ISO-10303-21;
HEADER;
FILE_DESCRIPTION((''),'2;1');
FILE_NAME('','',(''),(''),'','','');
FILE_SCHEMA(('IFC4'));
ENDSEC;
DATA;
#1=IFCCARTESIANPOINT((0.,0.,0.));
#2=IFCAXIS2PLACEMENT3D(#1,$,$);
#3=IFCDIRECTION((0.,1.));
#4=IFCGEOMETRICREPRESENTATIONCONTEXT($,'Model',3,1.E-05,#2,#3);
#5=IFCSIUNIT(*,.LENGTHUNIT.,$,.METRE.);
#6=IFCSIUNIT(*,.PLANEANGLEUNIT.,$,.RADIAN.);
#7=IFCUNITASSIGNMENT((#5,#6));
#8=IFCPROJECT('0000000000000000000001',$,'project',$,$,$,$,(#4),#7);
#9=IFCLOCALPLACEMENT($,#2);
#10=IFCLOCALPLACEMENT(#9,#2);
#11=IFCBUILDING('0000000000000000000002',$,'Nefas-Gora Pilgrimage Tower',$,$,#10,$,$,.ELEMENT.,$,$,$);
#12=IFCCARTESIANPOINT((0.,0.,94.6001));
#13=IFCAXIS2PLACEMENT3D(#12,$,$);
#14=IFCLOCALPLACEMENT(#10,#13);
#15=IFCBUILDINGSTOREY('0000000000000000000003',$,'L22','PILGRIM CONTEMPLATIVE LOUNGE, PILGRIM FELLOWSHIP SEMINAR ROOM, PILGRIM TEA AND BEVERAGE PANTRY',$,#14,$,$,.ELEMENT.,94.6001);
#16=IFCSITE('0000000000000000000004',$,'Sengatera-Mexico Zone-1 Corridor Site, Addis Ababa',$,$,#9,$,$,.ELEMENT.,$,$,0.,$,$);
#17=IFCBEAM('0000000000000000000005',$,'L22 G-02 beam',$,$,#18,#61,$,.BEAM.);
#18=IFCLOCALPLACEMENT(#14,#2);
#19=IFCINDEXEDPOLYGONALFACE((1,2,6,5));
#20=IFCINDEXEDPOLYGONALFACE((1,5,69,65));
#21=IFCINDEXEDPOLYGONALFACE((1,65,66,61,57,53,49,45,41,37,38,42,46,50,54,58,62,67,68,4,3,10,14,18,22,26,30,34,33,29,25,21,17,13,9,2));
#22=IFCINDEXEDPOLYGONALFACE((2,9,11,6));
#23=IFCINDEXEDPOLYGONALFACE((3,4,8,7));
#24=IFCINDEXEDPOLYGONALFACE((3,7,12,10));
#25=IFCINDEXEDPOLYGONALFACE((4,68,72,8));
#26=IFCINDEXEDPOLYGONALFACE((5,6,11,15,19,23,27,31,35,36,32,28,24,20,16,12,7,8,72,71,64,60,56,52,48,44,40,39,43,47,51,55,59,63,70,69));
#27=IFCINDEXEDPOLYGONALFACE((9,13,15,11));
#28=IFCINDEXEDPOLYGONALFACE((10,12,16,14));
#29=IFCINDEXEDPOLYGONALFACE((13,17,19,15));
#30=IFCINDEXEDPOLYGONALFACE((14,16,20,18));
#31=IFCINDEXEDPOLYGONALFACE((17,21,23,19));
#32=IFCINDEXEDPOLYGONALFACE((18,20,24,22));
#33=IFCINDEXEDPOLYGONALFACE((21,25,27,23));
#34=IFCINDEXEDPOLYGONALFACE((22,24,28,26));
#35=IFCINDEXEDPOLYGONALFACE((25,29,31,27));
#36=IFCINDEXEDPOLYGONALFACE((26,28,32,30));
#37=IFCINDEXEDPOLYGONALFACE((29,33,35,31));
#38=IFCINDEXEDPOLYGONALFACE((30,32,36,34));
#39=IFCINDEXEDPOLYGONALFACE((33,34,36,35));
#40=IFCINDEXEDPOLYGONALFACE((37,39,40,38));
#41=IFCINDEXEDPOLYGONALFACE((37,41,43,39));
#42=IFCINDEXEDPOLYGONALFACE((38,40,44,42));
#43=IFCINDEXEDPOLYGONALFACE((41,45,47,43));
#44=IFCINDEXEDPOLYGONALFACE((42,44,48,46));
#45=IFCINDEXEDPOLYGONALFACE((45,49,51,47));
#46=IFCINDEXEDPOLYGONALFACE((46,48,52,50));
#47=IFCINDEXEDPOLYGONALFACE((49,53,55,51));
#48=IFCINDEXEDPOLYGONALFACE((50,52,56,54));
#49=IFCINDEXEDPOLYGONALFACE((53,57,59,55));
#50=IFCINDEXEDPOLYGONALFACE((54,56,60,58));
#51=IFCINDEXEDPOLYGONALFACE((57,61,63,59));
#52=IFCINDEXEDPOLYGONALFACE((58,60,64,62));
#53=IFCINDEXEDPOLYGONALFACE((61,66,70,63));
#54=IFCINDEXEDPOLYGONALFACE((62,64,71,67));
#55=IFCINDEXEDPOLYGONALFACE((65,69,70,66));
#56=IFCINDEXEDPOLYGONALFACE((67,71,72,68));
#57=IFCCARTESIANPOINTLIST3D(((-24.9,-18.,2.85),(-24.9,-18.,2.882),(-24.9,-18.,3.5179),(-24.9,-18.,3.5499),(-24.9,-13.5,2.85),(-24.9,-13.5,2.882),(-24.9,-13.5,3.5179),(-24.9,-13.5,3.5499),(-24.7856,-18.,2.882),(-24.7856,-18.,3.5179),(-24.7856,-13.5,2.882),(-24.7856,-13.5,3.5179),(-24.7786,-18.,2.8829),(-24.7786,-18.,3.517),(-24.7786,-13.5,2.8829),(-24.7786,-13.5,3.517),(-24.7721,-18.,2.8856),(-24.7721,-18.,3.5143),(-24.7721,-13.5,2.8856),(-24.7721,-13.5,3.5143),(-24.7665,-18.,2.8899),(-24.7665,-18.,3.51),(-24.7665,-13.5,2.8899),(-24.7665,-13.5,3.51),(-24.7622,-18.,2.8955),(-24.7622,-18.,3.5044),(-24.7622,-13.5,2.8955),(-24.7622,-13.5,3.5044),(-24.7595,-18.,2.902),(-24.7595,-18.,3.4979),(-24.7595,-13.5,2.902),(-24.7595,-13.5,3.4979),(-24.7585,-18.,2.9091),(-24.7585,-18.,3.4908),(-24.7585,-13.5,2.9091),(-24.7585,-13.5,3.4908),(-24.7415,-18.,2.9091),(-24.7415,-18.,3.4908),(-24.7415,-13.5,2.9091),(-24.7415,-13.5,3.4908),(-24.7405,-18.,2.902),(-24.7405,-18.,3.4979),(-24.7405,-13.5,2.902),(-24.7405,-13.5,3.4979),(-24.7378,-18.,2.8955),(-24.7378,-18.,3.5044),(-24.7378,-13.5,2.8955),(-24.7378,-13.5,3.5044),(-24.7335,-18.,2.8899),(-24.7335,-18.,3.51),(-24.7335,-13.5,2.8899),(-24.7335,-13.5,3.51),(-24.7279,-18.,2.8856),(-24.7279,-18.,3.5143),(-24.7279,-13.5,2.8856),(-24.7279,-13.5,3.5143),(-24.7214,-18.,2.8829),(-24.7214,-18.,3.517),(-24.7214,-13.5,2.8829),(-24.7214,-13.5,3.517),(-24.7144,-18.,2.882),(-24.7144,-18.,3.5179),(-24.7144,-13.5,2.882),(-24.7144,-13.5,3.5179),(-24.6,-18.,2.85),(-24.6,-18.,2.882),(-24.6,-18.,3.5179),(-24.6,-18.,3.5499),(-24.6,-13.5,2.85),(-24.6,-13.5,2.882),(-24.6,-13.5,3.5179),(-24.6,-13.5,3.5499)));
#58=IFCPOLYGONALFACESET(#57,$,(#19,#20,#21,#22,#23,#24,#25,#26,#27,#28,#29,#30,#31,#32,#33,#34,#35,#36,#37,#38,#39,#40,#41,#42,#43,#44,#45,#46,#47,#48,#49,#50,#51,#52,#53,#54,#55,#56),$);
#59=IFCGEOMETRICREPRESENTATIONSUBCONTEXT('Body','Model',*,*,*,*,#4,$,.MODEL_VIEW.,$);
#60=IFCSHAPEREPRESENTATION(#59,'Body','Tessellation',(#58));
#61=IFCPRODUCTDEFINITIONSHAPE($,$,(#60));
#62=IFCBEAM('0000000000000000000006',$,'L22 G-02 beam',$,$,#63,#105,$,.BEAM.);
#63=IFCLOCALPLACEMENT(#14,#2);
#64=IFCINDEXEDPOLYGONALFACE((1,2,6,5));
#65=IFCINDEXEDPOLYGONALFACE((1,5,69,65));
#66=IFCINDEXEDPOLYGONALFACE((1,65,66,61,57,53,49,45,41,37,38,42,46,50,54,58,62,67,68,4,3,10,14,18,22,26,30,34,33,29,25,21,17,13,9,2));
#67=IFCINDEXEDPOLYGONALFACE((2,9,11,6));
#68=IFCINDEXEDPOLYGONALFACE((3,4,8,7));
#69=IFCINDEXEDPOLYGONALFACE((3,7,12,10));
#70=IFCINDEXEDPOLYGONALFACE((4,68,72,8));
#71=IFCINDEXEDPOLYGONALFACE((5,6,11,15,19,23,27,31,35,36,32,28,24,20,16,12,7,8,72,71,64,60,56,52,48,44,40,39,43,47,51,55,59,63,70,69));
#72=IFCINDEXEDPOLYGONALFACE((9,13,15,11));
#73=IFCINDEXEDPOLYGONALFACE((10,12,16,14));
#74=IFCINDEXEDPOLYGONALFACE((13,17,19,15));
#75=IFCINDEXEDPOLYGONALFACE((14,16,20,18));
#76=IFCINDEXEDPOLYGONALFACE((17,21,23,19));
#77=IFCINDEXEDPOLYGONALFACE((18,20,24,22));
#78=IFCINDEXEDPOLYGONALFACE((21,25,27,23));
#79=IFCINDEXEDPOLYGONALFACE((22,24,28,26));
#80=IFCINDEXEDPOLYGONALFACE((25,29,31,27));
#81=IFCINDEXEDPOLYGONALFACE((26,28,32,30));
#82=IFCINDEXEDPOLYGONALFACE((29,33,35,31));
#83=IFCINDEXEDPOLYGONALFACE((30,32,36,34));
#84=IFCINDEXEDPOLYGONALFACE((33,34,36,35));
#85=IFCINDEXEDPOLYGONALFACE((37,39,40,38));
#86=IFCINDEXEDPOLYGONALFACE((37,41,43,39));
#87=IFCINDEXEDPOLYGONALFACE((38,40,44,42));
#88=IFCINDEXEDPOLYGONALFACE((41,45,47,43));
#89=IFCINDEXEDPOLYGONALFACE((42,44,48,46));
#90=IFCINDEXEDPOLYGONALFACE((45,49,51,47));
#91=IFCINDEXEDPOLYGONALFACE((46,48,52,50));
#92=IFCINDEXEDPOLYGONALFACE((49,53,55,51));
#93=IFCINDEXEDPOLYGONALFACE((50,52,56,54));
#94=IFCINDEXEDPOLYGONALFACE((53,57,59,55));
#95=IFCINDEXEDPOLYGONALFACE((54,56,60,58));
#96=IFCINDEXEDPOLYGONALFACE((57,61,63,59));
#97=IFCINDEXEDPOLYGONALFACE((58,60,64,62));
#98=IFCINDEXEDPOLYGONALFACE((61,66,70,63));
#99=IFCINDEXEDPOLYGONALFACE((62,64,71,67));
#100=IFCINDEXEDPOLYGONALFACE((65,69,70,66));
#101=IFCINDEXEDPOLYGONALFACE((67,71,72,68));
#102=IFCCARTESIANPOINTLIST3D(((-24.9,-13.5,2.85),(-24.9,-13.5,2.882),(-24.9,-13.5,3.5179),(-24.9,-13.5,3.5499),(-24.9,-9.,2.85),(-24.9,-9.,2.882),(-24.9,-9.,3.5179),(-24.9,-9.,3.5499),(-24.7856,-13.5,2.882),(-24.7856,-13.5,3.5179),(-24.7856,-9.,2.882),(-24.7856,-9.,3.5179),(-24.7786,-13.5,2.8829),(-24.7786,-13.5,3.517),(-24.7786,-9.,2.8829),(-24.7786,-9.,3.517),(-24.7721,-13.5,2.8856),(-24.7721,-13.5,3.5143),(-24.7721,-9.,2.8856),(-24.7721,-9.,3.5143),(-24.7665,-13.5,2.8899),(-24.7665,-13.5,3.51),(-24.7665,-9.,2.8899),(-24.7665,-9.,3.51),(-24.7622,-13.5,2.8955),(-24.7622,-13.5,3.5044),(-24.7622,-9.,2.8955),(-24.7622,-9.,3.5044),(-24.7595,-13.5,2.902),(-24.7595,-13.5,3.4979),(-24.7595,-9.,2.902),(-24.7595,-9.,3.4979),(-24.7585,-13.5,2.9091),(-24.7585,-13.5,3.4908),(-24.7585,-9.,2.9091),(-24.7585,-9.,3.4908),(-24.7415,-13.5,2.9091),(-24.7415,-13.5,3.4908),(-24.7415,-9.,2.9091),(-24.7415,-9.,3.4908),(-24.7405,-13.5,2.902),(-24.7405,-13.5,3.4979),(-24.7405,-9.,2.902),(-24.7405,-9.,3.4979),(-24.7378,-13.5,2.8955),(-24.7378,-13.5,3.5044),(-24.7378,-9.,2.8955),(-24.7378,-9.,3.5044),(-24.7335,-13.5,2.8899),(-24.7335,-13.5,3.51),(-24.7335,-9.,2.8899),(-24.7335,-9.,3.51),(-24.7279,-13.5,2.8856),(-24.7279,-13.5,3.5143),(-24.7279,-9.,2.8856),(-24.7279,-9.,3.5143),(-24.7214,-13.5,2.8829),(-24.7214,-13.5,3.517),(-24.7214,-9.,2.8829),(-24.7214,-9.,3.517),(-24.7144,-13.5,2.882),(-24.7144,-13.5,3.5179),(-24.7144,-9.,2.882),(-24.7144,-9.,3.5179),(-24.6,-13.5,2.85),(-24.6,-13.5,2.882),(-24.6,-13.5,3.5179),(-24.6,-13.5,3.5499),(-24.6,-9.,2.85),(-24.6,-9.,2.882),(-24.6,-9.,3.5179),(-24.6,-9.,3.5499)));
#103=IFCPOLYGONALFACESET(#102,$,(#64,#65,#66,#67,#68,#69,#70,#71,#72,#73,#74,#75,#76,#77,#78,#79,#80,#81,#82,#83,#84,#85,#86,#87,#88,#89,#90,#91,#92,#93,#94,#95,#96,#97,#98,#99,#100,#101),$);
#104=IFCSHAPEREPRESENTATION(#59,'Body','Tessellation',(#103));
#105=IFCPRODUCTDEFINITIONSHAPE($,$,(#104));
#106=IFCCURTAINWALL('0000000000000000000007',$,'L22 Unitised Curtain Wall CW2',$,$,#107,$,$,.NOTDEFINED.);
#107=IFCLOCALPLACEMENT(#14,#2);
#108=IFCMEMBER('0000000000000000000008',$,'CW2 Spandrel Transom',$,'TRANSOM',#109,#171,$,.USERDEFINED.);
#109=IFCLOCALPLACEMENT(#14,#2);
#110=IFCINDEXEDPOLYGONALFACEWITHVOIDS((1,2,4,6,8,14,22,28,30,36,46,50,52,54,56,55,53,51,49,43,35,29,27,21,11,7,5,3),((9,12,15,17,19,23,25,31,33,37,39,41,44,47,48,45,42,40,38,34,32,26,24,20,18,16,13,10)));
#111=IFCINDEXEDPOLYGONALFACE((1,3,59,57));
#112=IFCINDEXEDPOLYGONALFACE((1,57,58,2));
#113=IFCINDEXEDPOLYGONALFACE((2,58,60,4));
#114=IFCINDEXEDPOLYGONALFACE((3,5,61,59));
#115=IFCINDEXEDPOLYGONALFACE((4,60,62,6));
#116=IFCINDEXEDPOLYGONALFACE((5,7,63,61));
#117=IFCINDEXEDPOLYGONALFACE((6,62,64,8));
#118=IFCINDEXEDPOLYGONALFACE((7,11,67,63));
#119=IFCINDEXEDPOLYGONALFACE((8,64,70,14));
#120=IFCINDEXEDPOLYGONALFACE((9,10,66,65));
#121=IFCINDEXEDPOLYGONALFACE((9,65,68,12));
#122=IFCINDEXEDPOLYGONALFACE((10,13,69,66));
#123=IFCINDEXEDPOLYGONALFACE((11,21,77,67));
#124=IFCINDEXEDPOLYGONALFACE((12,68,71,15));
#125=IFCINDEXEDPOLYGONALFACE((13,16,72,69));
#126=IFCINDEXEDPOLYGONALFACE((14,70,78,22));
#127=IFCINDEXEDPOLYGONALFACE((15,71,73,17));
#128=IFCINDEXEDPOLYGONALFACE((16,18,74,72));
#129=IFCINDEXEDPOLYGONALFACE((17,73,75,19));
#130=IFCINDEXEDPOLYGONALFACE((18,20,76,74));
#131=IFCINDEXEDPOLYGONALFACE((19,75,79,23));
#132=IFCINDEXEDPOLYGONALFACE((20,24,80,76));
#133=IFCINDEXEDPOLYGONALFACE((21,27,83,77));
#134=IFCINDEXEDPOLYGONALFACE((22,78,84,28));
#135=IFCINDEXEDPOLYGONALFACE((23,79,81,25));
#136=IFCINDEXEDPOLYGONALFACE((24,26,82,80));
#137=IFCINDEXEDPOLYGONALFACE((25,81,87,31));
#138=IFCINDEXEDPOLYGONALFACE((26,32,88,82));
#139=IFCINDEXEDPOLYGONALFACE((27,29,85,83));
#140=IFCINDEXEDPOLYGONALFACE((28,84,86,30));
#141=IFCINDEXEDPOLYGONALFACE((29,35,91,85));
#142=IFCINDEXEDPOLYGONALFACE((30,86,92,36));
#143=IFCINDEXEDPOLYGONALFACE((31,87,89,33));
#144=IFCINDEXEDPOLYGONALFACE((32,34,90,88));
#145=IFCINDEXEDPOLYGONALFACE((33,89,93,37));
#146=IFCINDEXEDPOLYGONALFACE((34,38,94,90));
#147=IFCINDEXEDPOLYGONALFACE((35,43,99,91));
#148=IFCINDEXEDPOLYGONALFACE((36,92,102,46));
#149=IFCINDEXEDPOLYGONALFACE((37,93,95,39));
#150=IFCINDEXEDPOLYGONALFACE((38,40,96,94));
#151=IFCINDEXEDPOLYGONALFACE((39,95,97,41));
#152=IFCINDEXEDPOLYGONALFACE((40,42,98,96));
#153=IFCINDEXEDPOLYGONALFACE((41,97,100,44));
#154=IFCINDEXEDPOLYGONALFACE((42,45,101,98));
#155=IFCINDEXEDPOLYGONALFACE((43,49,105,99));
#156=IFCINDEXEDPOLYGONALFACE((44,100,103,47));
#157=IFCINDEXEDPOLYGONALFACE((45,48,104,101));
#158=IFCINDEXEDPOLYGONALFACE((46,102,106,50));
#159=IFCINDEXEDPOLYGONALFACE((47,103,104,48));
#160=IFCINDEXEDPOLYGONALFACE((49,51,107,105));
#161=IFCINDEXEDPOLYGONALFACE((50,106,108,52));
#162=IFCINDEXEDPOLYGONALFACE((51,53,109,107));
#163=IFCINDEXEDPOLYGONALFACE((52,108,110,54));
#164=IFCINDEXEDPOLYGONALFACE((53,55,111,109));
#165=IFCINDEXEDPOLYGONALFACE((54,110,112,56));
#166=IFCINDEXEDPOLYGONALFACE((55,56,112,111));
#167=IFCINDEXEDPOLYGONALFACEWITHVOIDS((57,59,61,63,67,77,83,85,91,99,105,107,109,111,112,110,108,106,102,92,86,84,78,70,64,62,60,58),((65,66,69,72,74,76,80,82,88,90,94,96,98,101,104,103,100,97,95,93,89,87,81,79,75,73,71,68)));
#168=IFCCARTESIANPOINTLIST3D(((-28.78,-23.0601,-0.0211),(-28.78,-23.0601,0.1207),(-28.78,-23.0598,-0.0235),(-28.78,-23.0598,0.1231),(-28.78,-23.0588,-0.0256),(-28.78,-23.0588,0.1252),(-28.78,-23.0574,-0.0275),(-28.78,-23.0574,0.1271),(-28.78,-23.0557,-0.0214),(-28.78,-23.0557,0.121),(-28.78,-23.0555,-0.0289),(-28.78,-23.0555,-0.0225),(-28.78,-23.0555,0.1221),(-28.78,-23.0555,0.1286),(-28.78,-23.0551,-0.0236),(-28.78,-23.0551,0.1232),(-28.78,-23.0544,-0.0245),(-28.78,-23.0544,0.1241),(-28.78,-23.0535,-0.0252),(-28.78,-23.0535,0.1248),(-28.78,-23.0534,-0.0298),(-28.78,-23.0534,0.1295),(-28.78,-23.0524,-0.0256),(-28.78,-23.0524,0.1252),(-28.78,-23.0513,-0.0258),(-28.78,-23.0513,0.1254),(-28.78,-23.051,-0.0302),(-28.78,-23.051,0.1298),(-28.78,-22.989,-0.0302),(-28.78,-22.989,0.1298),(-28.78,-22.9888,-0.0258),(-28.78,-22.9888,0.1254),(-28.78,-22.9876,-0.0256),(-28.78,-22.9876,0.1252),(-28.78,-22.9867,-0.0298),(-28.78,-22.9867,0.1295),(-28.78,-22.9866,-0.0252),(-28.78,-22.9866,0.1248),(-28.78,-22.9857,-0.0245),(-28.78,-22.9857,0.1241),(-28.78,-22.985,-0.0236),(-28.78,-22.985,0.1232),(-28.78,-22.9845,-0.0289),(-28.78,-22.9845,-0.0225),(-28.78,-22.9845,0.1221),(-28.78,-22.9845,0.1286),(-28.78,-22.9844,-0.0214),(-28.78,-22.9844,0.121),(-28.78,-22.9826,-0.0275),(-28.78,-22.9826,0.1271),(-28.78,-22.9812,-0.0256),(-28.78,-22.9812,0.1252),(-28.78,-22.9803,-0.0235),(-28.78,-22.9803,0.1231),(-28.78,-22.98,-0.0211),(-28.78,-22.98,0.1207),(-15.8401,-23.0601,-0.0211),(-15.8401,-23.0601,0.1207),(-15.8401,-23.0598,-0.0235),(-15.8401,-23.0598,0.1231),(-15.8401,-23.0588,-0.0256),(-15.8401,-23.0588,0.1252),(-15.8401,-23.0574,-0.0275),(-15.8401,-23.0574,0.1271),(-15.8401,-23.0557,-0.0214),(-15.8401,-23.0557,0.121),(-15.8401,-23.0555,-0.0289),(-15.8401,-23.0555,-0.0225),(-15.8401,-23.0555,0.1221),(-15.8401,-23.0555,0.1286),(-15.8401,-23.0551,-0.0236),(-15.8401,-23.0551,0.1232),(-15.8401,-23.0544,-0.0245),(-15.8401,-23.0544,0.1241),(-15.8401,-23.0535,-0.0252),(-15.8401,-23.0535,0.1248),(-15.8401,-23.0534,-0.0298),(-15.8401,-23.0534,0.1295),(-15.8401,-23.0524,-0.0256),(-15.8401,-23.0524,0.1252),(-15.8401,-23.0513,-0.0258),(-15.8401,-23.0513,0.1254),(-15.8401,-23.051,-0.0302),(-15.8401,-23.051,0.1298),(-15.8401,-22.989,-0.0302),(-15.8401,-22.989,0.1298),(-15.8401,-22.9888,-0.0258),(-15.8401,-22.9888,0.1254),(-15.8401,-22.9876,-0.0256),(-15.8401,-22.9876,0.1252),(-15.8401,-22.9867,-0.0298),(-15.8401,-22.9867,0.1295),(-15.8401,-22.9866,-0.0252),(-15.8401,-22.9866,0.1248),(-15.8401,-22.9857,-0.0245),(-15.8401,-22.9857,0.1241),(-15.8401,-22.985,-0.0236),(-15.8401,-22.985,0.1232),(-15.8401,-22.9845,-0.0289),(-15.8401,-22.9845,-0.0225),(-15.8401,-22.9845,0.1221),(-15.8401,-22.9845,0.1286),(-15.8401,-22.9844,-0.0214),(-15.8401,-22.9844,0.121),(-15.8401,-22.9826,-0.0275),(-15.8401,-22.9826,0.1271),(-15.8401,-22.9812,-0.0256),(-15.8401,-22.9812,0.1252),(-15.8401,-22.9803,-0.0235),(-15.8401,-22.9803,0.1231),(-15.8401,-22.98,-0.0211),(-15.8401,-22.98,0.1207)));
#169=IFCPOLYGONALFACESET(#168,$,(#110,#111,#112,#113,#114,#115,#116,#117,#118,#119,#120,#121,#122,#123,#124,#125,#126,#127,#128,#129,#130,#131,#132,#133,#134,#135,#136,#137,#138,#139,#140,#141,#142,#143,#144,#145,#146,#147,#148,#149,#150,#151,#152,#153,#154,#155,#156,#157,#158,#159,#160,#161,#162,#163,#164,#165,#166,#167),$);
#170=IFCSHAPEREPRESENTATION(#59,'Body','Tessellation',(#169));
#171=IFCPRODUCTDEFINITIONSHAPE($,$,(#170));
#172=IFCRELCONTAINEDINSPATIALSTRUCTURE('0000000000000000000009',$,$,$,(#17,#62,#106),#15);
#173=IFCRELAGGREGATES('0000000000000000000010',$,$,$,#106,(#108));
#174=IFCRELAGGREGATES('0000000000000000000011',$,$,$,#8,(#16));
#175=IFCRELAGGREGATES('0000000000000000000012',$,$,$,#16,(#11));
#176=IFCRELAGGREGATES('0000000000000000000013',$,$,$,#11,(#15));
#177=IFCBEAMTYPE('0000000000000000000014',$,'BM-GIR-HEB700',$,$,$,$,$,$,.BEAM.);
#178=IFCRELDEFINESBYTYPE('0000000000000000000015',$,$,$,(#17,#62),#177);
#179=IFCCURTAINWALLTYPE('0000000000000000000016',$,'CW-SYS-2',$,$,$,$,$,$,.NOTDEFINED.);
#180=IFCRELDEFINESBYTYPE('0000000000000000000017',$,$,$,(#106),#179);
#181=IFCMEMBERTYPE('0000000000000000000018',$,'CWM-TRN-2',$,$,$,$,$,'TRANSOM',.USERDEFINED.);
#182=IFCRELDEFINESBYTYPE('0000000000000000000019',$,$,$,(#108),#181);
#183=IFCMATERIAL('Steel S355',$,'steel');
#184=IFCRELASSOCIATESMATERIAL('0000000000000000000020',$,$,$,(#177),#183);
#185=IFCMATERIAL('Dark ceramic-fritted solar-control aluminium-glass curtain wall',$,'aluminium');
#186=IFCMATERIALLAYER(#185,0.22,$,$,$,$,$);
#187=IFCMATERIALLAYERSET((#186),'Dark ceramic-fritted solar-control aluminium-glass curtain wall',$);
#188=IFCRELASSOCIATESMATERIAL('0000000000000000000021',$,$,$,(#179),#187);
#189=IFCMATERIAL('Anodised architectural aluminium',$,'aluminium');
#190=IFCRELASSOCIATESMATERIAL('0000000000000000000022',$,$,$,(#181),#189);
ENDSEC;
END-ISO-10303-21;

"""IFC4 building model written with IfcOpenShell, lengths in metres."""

from ifc_helpers import new_model, si_unit, direction, frame, origin, origin_2d, place, context, subcontext, project, spatial, hollow_rectangle, i_section, extrude, source, transform, mapped, material, layer, layer_set, material_profile, profile_set, type_object, element, aggregate, save


model = new_model("IFC4")

# Units and contexts
model_context = context("Model", 3, precision=1e-05, world=origin(), true_north=direction((0.0, 1.0)))
body_context = subcontext(model_context, "Body", "Model", "MODEL_VIEW")
ifc_project = project(units=[si_unit("LENGTHUNIT", "METRE"), si_unit("PLANEANGLEUNIT", "RADIAN")], contexts=[model_context])

# Site, building, storey
site_placement = place(None, origin())
site = spatial("IfcSite", under=ifc_project, at=site_placement, Name="Sengatera-Mexico Zone-1 Corridor Site, Addis Ababa", CompositionType="ELEMENT", RefElevation=0.0)
building_placement = place(site_placement, origin())
building = spatial("IfcBuilding", under=site, at=building_placement, Name="Nefas-Gora Pilgrimage Tower", CompositionType="ELEMENT")
storey_placement = place(building_placement, frame((0.0, 0.0, 94.6001)))
storey = spatial("IfcBuildingStorey", under=building, at=storey_placement, Name="L22", Description="PILGRIM CONTEMPLATIVE LOUNGE, PILGRIM FELLOWSHIP SEMINAR ROOM, PILGRIM TEA AND BEVERAGE PANTRY", CompositionType="ELEMENT", Elevation=94.6001)

# Beams
ifc_material_1 = material(Name="Steel S355", Category="steel")
ifc_material_profile_1 = material_profile(ifc_material_1, i_section(OverallWidth=0.3, OverallDepth=0.7, WebThickness=0.0171, FlangeThickness=0.032, FilletRadius=0.0271, at=origin_2d()), Name="HEB 700")
ifc_profile_set_1 = profile_set([ifc_material_profile_1], Name="Steel S355")
beam_type_1 = type_object("IfcBeamType", Name="BM-GIR-HEB700", PredefinedType="BEAM", material=ifc_profile_set_1)
shared_shape_1 = source(origin(), body_context, "Body", "SweptSolid", [
    extrude(i_section(OverallWidth=0.3, OverallDepth=0.7, WebThickness=0.0171, FlangeThickness=0.032, FilletRadius=0.0271, at=origin_2d()), origin(), (0.0, 0.0, 1.0), 4.5),
])
for number, where, z_axis, x_axis, name in (
    (1, (-24.75, -18.0, 3.2), (0.0, 1.0, 0.0), (-1.0, 0.0, 0.0), "L22 G-02 beam"),
    (2, (-24.75, -13.5, 3.2), (0.0, 1.0, 0.0), (-1.0, 0.0, 0.0), "L22 G-02 beam"),
):
    element("IfcBeam", number, at=place(storey_placement, frame(where, z_axis=z_axis, x_axis=x_axis)), inside=storey, type_object=beam_type_1, Name=name, PredefinedType="BEAM", context=body_context, shape_type="MappedRepresentation", body=[
        mapped(shared_shape_1, transform((0.0, 0.0, 0.0), x_axis=(1.0, 0.0, 0.0), y_axis=(0.0, 1.0, 0.0), z_axis=(0.0, 0.0, 1.0), scale=1.0)),
    ])

# Curtain wall, member
ifc_material_2 = material(Name="Dark ceramic-fritted solar-control aluminium-glass curtain wall", Category="aluminium")
ifc_layer_1 = layer(ifc_material_2, 0.22)
ifc_layer_set_1 = layer_set([ifc_layer_1], Name="Dark ceramic-fritted solar-control aluminium-glass curtain wall")
curtain_wall_type = type_object("IfcCurtainWallType", Name="CW-SYS-2", PredefinedType="NOTDEFINED", material=ifc_layer_set_1)
curtain_wall_1_placement = place(storey_placement, origin())
curtain_wall_1 = element("IfcCurtainWall", 3, at=curtain_wall_1_placement, inside=storey, type_object=curtain_wall_type, Name="L22 Unitised Curtain Wall CW2", PredefinedType="NOTDEFINED")
ifc_material_3 = material(Name="Anodised architectural aluminium", Category="aluminium")
ifc_material_profile_2 = material_profile(ifc_material_3, hollow_rectangle(XDim=0.0801, YDim=0.1599, WallThickness=0.0044, InnerFilletRadius=0.0044, OuterFilletRadius=0.009, at=origin_2d()), Name="ALU TRANSOM 80x160")
ifc_profile_set_2 = profile_set([ifc_material_profile_2], Name="Anodised architectural aluminium")
member_type_1 = type_object("IfcMemberType", Name="CWM-TRN-2", ElementType="TRANSOM", PredefinedType="USERDEFINED", material=ifc_profile_set_2)
shared_shape_2 = source(origin(), body_context, "Body", "SweptSolid", [
    extrude(hollow_rectangle(XDim=0.0801, YDim=0.1599, WallThickness=0.0044, InnerFilletRadius=0.0044, OuterFilletRadius=0.009, at=origin_2d()), origin(), (0.0, 0.0, 1.0), 12.9399),
])
member_1_placement = place(storey_placement, frame((-28.78, -23.02, 0.0498), z_axis=(1.0, 0.0, 0.0), x_axis=(0.0, 1.0, 0.0)))
member_1 = element("IfcMember", 4, at=member_1_placement, type_object=member_type_1, Name="CW2 Spandrel Transom", ObjectType="TRANSOM", PredefinedType="USERDEFINED", context=body_context, shape_type="MappedRepresentation", body=[
    mapped(shared_shape_2, transform((0.0, 0.0, 0.0), x_axis=(1.0, 0.0, 0.0), y_axis=(0.0, 1.0, 0.0), z_axis=(0.0, 0.0, 1.0), scale=1.0)),
])

aggregate(curtain_wall_1, [member_1])

save(model, "model.ifc")
